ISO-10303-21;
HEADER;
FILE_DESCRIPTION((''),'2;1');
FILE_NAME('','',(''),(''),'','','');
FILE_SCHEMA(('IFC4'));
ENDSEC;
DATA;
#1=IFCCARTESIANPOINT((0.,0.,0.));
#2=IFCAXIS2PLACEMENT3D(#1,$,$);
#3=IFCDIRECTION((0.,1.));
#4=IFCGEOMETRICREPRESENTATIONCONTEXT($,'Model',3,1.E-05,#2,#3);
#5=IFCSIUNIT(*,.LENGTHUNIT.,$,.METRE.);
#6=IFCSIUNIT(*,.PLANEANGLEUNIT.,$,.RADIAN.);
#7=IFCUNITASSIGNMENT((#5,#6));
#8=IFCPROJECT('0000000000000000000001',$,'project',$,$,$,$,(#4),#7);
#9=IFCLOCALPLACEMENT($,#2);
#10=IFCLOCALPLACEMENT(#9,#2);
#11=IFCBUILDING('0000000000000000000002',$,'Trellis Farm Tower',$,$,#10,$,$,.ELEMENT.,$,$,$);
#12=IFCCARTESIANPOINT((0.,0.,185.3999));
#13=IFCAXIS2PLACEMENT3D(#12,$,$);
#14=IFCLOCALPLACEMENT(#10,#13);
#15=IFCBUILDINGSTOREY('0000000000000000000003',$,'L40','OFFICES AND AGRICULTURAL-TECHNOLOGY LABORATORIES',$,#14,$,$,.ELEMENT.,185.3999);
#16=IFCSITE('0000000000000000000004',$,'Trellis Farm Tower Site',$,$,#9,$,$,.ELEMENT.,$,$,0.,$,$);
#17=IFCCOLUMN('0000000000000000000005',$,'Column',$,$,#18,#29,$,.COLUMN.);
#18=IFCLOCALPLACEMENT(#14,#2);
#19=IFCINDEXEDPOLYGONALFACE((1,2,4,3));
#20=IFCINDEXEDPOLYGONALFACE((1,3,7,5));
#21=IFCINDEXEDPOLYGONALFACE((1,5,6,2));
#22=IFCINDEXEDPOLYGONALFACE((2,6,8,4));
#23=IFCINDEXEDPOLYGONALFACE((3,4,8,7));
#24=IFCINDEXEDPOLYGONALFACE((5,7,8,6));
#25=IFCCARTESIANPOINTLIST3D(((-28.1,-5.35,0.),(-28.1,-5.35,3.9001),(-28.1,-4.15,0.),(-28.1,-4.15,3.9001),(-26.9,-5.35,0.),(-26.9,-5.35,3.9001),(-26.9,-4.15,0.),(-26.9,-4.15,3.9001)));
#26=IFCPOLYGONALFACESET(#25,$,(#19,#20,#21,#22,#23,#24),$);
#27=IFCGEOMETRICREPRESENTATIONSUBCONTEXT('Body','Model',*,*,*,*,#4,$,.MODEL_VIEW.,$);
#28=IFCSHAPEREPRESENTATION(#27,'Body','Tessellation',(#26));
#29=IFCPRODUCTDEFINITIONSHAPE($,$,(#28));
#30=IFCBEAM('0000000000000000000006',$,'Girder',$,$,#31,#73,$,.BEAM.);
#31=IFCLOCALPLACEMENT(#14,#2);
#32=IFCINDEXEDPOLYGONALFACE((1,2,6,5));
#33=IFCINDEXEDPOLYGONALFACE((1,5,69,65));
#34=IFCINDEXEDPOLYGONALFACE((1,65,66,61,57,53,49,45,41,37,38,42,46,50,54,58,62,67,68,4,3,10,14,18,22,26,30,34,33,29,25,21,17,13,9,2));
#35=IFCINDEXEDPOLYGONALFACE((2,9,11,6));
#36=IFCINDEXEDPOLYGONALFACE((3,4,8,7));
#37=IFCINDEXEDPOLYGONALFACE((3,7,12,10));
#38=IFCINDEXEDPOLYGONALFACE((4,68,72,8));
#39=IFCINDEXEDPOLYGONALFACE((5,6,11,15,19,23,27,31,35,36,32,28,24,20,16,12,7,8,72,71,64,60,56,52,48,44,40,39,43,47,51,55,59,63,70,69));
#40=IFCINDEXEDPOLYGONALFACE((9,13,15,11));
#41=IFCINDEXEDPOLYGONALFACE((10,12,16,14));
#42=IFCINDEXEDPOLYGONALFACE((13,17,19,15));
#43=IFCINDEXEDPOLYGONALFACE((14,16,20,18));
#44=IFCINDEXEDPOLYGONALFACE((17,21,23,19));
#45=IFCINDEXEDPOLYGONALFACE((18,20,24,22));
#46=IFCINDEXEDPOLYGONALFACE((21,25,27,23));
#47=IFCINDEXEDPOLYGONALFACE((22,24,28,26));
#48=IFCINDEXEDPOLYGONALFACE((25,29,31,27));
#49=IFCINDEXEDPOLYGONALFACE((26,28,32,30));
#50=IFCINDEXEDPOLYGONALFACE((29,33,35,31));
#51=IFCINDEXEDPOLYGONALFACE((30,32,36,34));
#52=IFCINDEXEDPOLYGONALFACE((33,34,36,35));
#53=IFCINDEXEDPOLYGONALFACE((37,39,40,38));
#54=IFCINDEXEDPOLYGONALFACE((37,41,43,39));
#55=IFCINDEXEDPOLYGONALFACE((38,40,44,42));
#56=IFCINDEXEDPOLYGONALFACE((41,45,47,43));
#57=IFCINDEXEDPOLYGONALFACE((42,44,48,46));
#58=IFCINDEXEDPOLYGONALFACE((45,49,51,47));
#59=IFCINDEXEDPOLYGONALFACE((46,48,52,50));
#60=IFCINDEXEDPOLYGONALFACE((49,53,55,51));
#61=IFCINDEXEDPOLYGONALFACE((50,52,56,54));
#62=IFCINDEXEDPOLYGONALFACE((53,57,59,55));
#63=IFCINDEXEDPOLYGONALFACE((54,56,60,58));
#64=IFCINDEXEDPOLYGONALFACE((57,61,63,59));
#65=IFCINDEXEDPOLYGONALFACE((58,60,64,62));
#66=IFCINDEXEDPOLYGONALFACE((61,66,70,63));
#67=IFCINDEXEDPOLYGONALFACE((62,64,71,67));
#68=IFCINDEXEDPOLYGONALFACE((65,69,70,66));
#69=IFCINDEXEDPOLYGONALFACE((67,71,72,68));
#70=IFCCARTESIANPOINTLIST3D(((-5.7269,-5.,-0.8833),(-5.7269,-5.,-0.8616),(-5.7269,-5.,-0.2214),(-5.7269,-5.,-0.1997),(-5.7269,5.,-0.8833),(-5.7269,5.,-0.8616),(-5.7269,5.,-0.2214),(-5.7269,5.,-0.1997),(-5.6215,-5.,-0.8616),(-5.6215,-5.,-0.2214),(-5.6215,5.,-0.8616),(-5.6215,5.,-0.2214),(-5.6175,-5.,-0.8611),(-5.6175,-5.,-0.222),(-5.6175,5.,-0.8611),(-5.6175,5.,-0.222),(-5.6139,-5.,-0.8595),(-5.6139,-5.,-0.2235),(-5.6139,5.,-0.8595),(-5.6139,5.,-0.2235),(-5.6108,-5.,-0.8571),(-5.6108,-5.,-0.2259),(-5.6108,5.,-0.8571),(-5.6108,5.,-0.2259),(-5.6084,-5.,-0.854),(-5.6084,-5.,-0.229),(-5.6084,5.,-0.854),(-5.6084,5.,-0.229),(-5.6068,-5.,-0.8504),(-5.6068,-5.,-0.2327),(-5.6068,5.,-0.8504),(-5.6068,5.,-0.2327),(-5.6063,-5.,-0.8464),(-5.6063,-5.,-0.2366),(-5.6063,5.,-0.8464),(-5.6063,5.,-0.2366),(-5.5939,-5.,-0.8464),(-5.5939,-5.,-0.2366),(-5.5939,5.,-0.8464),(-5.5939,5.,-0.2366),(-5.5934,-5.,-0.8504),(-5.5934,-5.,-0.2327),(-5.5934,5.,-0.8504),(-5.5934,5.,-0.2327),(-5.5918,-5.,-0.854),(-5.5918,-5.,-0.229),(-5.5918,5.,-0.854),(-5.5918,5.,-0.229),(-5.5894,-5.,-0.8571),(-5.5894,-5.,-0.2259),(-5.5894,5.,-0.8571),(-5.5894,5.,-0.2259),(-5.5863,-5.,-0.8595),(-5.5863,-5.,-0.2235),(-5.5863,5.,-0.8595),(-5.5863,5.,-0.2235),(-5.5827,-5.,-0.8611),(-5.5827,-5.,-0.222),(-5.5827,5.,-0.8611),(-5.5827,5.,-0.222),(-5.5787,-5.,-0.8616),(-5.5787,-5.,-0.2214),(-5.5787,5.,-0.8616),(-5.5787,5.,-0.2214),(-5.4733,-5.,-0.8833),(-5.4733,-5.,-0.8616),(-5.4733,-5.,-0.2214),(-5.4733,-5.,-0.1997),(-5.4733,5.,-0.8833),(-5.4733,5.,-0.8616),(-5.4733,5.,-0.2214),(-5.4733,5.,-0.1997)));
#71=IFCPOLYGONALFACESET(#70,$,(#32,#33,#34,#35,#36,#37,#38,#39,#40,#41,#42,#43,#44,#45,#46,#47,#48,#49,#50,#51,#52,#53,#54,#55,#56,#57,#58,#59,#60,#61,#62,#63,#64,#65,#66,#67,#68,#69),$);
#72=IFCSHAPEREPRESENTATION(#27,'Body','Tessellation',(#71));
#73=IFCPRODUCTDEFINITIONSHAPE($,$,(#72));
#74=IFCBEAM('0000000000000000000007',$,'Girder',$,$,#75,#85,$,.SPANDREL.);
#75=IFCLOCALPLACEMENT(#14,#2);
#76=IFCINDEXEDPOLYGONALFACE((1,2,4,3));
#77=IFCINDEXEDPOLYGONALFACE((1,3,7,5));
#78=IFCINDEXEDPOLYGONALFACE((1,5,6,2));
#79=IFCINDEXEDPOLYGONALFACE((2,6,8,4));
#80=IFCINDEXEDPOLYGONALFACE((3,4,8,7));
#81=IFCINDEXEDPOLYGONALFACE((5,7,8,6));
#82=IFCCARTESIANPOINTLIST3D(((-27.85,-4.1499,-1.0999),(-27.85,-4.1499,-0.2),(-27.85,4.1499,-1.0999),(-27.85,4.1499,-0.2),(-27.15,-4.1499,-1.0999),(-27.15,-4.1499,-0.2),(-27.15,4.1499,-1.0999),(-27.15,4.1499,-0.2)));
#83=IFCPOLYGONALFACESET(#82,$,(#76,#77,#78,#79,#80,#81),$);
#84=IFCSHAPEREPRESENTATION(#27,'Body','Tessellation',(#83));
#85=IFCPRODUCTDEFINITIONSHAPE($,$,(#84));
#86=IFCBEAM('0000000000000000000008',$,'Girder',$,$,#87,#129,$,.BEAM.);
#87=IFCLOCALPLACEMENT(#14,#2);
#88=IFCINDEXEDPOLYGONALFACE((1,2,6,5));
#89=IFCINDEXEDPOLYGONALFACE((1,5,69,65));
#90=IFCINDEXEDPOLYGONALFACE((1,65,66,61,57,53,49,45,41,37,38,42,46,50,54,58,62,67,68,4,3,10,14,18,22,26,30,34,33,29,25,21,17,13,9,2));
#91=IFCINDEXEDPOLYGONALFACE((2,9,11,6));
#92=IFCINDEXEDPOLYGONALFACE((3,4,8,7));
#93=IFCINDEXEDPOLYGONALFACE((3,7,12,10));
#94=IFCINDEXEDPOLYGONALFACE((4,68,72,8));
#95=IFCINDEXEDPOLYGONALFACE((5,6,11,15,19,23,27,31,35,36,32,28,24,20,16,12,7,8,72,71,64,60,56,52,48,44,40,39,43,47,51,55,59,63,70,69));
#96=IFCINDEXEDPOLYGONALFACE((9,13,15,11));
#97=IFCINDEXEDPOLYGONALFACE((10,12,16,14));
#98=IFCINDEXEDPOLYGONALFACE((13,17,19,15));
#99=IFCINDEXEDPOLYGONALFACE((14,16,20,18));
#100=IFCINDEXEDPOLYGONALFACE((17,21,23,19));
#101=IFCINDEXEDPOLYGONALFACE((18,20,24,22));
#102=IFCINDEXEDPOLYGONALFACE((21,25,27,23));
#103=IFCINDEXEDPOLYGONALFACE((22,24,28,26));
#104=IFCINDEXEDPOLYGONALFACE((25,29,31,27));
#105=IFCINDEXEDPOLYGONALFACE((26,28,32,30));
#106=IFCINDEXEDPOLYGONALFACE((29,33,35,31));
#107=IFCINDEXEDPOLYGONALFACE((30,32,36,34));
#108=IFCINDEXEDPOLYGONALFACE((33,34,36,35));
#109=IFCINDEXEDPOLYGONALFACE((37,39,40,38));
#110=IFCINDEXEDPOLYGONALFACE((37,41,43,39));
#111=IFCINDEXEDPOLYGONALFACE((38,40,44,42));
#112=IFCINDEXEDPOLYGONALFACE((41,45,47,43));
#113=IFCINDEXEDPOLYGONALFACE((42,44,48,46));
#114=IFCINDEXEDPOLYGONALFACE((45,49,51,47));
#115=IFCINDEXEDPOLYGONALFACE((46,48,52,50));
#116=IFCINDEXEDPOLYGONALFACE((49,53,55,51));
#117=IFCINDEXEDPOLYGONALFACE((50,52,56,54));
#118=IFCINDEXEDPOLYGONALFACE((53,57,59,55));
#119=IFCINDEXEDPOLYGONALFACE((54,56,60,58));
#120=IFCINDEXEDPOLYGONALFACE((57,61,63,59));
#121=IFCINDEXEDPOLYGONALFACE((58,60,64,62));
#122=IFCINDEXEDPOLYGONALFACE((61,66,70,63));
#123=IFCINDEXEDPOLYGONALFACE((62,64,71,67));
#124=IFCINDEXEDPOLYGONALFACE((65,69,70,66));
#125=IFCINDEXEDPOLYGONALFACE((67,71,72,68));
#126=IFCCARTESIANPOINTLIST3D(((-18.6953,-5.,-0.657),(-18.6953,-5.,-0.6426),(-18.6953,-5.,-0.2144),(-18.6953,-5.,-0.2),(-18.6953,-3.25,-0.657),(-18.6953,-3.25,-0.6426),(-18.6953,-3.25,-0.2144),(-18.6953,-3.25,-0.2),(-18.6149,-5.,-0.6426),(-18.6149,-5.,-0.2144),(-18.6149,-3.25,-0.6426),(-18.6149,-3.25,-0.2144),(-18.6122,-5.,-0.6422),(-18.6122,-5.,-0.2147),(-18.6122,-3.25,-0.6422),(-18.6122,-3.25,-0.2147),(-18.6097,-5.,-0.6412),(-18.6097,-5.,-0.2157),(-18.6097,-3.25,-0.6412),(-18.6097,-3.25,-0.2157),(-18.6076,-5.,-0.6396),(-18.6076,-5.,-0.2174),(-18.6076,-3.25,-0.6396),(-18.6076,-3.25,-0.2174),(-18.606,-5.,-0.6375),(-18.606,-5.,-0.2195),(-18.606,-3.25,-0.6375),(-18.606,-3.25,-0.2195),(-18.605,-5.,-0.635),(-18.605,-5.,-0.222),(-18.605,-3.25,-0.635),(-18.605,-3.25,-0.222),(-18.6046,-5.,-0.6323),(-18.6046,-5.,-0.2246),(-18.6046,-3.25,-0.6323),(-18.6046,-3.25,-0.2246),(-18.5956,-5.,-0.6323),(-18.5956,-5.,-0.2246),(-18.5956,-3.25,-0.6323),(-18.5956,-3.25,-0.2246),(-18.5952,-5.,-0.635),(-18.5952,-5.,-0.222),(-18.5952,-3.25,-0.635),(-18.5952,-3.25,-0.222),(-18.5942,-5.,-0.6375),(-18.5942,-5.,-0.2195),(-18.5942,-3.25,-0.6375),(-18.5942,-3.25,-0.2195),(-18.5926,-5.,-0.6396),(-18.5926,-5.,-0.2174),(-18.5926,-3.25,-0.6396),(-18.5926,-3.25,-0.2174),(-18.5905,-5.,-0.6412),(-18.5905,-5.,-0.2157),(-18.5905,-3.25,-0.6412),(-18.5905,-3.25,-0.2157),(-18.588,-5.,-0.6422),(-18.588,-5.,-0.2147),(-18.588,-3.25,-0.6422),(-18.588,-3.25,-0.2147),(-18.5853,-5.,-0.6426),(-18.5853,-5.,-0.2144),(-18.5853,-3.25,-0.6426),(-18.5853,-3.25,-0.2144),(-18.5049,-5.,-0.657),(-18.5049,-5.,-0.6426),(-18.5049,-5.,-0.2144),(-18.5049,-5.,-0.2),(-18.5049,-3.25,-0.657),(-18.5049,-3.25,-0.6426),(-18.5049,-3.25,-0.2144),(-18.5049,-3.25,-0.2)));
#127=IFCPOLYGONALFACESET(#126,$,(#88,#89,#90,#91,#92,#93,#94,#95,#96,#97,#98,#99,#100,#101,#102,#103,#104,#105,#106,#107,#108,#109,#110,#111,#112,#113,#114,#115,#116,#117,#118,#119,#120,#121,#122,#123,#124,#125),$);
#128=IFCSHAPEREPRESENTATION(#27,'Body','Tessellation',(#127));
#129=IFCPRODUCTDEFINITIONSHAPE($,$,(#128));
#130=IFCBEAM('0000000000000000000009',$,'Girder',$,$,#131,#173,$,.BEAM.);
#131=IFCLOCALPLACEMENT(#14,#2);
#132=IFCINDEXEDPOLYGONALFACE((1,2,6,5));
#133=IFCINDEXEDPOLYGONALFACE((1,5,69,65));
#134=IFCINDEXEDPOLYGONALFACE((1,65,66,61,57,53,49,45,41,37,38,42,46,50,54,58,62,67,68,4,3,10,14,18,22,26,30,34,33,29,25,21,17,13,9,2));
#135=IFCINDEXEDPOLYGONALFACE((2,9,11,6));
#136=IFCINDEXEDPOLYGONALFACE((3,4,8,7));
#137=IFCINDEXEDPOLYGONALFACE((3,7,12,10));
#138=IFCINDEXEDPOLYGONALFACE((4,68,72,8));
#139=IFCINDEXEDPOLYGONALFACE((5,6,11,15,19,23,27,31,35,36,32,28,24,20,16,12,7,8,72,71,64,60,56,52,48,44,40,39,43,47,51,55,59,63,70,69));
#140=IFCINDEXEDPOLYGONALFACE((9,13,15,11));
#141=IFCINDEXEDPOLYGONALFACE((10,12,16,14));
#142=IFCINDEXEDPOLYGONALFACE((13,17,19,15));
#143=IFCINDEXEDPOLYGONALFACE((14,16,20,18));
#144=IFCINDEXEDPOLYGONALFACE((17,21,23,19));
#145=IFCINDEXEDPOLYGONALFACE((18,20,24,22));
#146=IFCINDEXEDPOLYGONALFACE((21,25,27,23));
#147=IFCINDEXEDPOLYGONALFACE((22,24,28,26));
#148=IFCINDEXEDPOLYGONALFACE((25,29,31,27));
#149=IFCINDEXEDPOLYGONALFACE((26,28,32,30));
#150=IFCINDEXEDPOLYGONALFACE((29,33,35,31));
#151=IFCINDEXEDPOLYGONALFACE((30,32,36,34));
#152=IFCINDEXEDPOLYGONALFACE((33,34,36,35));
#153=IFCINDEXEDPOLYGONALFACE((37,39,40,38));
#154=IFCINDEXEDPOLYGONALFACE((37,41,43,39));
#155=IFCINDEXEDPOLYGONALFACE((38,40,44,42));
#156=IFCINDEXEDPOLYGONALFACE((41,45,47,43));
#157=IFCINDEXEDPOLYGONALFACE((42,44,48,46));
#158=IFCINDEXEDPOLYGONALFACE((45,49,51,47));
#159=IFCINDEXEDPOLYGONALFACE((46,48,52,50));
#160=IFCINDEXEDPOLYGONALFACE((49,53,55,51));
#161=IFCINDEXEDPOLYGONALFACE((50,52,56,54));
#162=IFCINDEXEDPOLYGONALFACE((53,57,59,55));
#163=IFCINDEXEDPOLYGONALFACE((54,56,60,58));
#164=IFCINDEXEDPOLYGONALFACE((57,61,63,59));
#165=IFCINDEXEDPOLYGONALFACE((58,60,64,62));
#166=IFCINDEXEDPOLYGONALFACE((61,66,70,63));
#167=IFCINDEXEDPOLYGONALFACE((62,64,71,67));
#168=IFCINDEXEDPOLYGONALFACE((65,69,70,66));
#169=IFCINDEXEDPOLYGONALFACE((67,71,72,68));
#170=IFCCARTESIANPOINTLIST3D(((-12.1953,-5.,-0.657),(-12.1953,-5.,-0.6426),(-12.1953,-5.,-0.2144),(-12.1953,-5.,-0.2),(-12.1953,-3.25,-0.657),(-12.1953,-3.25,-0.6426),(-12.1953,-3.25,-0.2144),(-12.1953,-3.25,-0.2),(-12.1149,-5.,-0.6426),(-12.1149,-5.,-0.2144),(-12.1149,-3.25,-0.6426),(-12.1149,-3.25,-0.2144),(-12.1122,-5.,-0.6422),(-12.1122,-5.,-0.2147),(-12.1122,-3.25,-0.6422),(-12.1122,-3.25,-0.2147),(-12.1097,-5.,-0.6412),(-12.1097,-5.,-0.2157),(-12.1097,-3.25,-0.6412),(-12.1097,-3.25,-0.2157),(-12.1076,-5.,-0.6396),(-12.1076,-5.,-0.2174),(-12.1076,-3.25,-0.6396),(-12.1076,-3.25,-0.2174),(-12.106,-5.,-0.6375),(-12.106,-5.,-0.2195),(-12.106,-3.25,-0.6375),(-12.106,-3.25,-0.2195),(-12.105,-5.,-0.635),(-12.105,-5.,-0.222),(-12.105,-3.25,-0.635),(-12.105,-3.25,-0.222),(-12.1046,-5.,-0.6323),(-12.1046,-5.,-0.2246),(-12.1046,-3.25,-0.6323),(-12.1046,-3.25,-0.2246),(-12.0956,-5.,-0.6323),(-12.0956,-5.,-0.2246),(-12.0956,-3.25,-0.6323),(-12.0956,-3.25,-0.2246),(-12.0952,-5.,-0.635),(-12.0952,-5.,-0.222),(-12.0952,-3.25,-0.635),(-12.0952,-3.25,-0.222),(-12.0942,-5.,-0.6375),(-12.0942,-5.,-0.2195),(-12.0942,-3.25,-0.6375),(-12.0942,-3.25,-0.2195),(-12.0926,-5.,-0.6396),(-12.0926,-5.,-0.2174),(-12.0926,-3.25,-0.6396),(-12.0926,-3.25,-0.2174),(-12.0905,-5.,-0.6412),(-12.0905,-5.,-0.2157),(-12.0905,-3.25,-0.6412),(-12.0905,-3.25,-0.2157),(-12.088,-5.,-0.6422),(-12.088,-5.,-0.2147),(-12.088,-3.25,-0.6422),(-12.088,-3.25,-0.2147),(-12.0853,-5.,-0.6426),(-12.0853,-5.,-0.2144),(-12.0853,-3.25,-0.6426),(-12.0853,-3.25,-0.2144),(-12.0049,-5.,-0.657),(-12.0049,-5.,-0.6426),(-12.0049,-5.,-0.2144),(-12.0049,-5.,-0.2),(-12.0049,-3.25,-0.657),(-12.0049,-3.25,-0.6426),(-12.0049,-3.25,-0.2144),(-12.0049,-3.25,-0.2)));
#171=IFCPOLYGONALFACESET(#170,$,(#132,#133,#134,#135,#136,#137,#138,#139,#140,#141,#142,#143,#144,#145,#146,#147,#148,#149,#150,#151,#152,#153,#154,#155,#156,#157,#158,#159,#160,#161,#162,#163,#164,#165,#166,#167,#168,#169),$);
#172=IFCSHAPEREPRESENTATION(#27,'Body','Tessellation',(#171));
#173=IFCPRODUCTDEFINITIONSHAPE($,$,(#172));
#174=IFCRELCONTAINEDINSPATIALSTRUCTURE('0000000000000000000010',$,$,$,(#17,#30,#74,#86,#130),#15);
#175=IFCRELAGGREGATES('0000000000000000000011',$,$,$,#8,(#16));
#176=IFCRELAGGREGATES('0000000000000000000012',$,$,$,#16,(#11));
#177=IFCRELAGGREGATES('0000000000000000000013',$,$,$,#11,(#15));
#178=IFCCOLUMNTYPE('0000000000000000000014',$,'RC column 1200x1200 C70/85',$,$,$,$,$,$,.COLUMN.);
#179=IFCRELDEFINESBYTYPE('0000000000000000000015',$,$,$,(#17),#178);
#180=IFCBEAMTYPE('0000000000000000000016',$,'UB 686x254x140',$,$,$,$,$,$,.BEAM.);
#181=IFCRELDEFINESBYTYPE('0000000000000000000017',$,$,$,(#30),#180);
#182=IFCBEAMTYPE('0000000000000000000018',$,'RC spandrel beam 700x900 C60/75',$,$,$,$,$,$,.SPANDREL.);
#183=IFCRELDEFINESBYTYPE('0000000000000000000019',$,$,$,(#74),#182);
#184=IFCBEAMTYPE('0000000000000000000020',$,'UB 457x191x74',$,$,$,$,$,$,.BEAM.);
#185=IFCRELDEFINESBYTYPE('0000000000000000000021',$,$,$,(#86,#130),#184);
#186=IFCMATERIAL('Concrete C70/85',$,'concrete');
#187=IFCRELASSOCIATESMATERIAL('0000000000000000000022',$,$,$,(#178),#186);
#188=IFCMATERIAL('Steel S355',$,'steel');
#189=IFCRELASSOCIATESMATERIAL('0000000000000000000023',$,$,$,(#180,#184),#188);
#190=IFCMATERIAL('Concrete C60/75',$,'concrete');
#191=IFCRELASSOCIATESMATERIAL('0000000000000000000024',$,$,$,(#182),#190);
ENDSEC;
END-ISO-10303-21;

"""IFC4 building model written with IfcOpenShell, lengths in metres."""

from ifc_helpers import new_model, si_unit, direction, frame, origin, origin_2d, place, context, subcontext, project, spatial, rectangle, i_section, extrude, source, transform, mapped, material, material_profile, profile_set, type_object, element, save


model = new_model("IFC4")

# Units and contexts
model_context = context("Model", 3, precision=1e-05, world=origin(), true_north=direction((0.0, 1.0)))
body_context = subcontext(model_context, "Body", "Model", "MODEL_VIEW")
ifc_project = project(units=[si_unit("LENGTHUNIT", "METRE"), si_unit("PLANEANGLEUNIT", "RADIAN")], contexts=[model_context])

# Site, building, storey
site_placement = place(None, origin())
site = spatial("IfcSite", under=ifc_project, at=site_placement, Name="Trellis Farm Tower Site", CompositionType="ELEMENT", RefElevation=0.0)
building_placement = place(site_placement, origin())
building = spatial("IfcBuilding", under=site, at=building_placement, Name="Trellis Farm Tower", CompositionType="ELEMENT")
storey_placement = place(building_placement, frame((0.0, 0.0, 185.3999)))
storey = spatial("IfcBuildingStorey", under=building, at=storey_placement, Name="L40", Description="OFFICES AND AGRICULTURAL-TECHNOLOGY LABORATORIES", CompositionType="ELEMENT", Elevation=185.3999)

# Column
ifc_material_1 = material(Name="Concrete C70/85", Category="concrete")
ifc_material_profile_1 = material_profile(ifc_material_1, rectangle(XDim=1.2, YDim=1.2, at=origin_2d()), Name="RC column 1200x1200 C70/85")
ifc_profile_set_1 = profile_set([ifc_material_profile_1], Name="Concrete C70/85")
column_type = type_object("IfcColumnType", Name="RC column 1200x1200 C70/85", PredefinedType="COLUMN", material=ifc_profile_set_1)
shared_shape_1 = source(origin(), body_context, "Body", "SweptSolid", [
    extrude(rectangle(XDim=1.2, YDim=1.2, at=origin_2d()), origin(), (0.0, 0.0, 1.0), 3.9001),
])
column_placement = place(storey_placement, frame((-27.5, -4.75, 0.0), z_axis=(0.0, 0.0, 1.0), x_axis=(1.0, 0.0, 0.0)))
element("IfcColumn", 1, at=column_placement, inside=storey, type_object=column_type, Name="Column", PredefinedType="COLUMN", context=body_context, shape_type="MappedRepresentation", body=[
    mapped(shared_shape_1, transform((0.0, 0.0, 0.0))),
])

# Beams
ifc_material_2 = material(Name="Steel S355", Category="steel")
ifc_material_profile_2 = material_profile(ifc_material_2, i_section(OverallWidth=0.2537, OverallDepth=0.6836, WebThickness=0.0125, FlangeThickness=0.0217, FilletRadius=0.0151, at=origin_2d()), Name="UB 686x254x140")
ifc_profile_set_2 = profile_set([ifc_material_profile_2], Name="Steel S355")
beam_type_1 = type_object("IfcBeamType", Name="UB 686x254x140", PredefinedType="BEAM", material=ifc_profile_set_2)
shared_shape_2 = source(origin(), body_context, "Body", "SweptSolid", [
    extrude(i_section(OverallWidth=0.2537, OverallDepth=0.6836, WebThickness=0.0125, FlangeThickness=0.0217, FilletRadius=0.0151, at=origin_2d()), origin(), (0.0, 0.0, 1.0), 10.0),
])
beam_1_placement = place(storey_placement, frame((-5.6001, -5.0, -0.5415), z_axis=(0.0, 1.0, 0.0), x_axis=(-1.0, 0.0, 0.0)))
element("IfcBeam", 2, at=beam_1_placement, inside=storey, type_object=beam_type_1, Name="Girder", PredefinedType="BEAM", context=body_context, shape_type="MappedRepresentation", body=[
    mapped(shared_shape_2, transform((0.0, 0.0, 0.0))),
])
ifc_material_3 = material(Name="Concrete C60/75", Category="concrete")
ifc_material_profile_3 = material_profile(ifc_material_3, rectangle(XDim=0.7, YDim=0.8999, at=origin_2d()), Name="RC spandrel beam 700x900 C60/75")
ifc_profile_set_3 = profile_set([ifc_material_profile_3], Name="Concrete C60/75")
beam_type_2 = type_object("IfcBeamType", Name="RC spandrel beam 700x900 C60/75", PredefinedType="SPANDREL", material=ifc_profile_set_3)
shared_shape_3 = source(origin(), body_context, "Body", "SweptSolid", [
    extrude(rectangle(XDim=0.7, YDim=0.8999, at=origin_2d()), origin(), (0.0, 0.0, 1.0), 8.2998),
])
beam_2_placement = place(storey_placement, frame((-27.5, -4.1499, -0.6499), z_axis=(0.0, 1.0, 0.0), x_axis=(-1.0, 0.0, 0.0)))
element("IfcBeam", 3, at=beam_2_placement, inside=storey, type_object=beam_type_2, Name="Girder", PredefinedType="SPANDREL", context=body_context, shape_type="MappedRepresentation", body=[
    mapped(shared_shape_3, transform((0.0, 0.0, 0.0))),
])
ifc_material_profile_4 = material_profile(ifc_material_2, i_section(OverallWidth=0.1904, OverallDepth=0.457, WebThickness=0.009, FlangeThickness=0.0144, FilletRadius=0.0103, at=origin_2d()), Name="UB 457x191x74")
ifc_profile_set_4 = profile_set([ifc_material_profile_4], Name="Steel S355")
beam_type_3 = type_object("IfcBeamType", Name="UB 457x191x74", PredefinedType="BEAM", material=ifc_profile_set_4)
shared_shape_4 = source(origin(), body_context, "Body", "SweptSolid", [
    extrude(i_section(OverallWidth=0.1904, OverallDepth=0.457, WebThickness=0.009, FlangeThickness=0.0144, FilletRadius=0.0103, at=origin_2d()), origin(), (0.0, 0.0, 1.0), 1.75),
])
for number, where, z_axis, x_axis, name in (
    (4, (-18.6001, -5.0, -0.4285), (0.0, 1.0, 0.0), (-1.0, 0.0, 0.0), "Girder"),
    (5, (-12.1001, -5.0, -0.4285), (0.0, 1.0, 0.0), (-1.0, 0.0, 0.0), "Girder"),
):
    element("IfcBeam", number, at=place(storey_placement, frame(where, z_axis=z_axis, x_axis=x_axis)), inside=storey, type_object=beam_type_3, Name=name, PredefinedType="BEAM", context=body_context, shape_type="MappedRepresentation", body=[
        mapped(shared_shape_4, transform((0.0, 0.0, 0.0))),
    ])

save(model, "model.ifc")
